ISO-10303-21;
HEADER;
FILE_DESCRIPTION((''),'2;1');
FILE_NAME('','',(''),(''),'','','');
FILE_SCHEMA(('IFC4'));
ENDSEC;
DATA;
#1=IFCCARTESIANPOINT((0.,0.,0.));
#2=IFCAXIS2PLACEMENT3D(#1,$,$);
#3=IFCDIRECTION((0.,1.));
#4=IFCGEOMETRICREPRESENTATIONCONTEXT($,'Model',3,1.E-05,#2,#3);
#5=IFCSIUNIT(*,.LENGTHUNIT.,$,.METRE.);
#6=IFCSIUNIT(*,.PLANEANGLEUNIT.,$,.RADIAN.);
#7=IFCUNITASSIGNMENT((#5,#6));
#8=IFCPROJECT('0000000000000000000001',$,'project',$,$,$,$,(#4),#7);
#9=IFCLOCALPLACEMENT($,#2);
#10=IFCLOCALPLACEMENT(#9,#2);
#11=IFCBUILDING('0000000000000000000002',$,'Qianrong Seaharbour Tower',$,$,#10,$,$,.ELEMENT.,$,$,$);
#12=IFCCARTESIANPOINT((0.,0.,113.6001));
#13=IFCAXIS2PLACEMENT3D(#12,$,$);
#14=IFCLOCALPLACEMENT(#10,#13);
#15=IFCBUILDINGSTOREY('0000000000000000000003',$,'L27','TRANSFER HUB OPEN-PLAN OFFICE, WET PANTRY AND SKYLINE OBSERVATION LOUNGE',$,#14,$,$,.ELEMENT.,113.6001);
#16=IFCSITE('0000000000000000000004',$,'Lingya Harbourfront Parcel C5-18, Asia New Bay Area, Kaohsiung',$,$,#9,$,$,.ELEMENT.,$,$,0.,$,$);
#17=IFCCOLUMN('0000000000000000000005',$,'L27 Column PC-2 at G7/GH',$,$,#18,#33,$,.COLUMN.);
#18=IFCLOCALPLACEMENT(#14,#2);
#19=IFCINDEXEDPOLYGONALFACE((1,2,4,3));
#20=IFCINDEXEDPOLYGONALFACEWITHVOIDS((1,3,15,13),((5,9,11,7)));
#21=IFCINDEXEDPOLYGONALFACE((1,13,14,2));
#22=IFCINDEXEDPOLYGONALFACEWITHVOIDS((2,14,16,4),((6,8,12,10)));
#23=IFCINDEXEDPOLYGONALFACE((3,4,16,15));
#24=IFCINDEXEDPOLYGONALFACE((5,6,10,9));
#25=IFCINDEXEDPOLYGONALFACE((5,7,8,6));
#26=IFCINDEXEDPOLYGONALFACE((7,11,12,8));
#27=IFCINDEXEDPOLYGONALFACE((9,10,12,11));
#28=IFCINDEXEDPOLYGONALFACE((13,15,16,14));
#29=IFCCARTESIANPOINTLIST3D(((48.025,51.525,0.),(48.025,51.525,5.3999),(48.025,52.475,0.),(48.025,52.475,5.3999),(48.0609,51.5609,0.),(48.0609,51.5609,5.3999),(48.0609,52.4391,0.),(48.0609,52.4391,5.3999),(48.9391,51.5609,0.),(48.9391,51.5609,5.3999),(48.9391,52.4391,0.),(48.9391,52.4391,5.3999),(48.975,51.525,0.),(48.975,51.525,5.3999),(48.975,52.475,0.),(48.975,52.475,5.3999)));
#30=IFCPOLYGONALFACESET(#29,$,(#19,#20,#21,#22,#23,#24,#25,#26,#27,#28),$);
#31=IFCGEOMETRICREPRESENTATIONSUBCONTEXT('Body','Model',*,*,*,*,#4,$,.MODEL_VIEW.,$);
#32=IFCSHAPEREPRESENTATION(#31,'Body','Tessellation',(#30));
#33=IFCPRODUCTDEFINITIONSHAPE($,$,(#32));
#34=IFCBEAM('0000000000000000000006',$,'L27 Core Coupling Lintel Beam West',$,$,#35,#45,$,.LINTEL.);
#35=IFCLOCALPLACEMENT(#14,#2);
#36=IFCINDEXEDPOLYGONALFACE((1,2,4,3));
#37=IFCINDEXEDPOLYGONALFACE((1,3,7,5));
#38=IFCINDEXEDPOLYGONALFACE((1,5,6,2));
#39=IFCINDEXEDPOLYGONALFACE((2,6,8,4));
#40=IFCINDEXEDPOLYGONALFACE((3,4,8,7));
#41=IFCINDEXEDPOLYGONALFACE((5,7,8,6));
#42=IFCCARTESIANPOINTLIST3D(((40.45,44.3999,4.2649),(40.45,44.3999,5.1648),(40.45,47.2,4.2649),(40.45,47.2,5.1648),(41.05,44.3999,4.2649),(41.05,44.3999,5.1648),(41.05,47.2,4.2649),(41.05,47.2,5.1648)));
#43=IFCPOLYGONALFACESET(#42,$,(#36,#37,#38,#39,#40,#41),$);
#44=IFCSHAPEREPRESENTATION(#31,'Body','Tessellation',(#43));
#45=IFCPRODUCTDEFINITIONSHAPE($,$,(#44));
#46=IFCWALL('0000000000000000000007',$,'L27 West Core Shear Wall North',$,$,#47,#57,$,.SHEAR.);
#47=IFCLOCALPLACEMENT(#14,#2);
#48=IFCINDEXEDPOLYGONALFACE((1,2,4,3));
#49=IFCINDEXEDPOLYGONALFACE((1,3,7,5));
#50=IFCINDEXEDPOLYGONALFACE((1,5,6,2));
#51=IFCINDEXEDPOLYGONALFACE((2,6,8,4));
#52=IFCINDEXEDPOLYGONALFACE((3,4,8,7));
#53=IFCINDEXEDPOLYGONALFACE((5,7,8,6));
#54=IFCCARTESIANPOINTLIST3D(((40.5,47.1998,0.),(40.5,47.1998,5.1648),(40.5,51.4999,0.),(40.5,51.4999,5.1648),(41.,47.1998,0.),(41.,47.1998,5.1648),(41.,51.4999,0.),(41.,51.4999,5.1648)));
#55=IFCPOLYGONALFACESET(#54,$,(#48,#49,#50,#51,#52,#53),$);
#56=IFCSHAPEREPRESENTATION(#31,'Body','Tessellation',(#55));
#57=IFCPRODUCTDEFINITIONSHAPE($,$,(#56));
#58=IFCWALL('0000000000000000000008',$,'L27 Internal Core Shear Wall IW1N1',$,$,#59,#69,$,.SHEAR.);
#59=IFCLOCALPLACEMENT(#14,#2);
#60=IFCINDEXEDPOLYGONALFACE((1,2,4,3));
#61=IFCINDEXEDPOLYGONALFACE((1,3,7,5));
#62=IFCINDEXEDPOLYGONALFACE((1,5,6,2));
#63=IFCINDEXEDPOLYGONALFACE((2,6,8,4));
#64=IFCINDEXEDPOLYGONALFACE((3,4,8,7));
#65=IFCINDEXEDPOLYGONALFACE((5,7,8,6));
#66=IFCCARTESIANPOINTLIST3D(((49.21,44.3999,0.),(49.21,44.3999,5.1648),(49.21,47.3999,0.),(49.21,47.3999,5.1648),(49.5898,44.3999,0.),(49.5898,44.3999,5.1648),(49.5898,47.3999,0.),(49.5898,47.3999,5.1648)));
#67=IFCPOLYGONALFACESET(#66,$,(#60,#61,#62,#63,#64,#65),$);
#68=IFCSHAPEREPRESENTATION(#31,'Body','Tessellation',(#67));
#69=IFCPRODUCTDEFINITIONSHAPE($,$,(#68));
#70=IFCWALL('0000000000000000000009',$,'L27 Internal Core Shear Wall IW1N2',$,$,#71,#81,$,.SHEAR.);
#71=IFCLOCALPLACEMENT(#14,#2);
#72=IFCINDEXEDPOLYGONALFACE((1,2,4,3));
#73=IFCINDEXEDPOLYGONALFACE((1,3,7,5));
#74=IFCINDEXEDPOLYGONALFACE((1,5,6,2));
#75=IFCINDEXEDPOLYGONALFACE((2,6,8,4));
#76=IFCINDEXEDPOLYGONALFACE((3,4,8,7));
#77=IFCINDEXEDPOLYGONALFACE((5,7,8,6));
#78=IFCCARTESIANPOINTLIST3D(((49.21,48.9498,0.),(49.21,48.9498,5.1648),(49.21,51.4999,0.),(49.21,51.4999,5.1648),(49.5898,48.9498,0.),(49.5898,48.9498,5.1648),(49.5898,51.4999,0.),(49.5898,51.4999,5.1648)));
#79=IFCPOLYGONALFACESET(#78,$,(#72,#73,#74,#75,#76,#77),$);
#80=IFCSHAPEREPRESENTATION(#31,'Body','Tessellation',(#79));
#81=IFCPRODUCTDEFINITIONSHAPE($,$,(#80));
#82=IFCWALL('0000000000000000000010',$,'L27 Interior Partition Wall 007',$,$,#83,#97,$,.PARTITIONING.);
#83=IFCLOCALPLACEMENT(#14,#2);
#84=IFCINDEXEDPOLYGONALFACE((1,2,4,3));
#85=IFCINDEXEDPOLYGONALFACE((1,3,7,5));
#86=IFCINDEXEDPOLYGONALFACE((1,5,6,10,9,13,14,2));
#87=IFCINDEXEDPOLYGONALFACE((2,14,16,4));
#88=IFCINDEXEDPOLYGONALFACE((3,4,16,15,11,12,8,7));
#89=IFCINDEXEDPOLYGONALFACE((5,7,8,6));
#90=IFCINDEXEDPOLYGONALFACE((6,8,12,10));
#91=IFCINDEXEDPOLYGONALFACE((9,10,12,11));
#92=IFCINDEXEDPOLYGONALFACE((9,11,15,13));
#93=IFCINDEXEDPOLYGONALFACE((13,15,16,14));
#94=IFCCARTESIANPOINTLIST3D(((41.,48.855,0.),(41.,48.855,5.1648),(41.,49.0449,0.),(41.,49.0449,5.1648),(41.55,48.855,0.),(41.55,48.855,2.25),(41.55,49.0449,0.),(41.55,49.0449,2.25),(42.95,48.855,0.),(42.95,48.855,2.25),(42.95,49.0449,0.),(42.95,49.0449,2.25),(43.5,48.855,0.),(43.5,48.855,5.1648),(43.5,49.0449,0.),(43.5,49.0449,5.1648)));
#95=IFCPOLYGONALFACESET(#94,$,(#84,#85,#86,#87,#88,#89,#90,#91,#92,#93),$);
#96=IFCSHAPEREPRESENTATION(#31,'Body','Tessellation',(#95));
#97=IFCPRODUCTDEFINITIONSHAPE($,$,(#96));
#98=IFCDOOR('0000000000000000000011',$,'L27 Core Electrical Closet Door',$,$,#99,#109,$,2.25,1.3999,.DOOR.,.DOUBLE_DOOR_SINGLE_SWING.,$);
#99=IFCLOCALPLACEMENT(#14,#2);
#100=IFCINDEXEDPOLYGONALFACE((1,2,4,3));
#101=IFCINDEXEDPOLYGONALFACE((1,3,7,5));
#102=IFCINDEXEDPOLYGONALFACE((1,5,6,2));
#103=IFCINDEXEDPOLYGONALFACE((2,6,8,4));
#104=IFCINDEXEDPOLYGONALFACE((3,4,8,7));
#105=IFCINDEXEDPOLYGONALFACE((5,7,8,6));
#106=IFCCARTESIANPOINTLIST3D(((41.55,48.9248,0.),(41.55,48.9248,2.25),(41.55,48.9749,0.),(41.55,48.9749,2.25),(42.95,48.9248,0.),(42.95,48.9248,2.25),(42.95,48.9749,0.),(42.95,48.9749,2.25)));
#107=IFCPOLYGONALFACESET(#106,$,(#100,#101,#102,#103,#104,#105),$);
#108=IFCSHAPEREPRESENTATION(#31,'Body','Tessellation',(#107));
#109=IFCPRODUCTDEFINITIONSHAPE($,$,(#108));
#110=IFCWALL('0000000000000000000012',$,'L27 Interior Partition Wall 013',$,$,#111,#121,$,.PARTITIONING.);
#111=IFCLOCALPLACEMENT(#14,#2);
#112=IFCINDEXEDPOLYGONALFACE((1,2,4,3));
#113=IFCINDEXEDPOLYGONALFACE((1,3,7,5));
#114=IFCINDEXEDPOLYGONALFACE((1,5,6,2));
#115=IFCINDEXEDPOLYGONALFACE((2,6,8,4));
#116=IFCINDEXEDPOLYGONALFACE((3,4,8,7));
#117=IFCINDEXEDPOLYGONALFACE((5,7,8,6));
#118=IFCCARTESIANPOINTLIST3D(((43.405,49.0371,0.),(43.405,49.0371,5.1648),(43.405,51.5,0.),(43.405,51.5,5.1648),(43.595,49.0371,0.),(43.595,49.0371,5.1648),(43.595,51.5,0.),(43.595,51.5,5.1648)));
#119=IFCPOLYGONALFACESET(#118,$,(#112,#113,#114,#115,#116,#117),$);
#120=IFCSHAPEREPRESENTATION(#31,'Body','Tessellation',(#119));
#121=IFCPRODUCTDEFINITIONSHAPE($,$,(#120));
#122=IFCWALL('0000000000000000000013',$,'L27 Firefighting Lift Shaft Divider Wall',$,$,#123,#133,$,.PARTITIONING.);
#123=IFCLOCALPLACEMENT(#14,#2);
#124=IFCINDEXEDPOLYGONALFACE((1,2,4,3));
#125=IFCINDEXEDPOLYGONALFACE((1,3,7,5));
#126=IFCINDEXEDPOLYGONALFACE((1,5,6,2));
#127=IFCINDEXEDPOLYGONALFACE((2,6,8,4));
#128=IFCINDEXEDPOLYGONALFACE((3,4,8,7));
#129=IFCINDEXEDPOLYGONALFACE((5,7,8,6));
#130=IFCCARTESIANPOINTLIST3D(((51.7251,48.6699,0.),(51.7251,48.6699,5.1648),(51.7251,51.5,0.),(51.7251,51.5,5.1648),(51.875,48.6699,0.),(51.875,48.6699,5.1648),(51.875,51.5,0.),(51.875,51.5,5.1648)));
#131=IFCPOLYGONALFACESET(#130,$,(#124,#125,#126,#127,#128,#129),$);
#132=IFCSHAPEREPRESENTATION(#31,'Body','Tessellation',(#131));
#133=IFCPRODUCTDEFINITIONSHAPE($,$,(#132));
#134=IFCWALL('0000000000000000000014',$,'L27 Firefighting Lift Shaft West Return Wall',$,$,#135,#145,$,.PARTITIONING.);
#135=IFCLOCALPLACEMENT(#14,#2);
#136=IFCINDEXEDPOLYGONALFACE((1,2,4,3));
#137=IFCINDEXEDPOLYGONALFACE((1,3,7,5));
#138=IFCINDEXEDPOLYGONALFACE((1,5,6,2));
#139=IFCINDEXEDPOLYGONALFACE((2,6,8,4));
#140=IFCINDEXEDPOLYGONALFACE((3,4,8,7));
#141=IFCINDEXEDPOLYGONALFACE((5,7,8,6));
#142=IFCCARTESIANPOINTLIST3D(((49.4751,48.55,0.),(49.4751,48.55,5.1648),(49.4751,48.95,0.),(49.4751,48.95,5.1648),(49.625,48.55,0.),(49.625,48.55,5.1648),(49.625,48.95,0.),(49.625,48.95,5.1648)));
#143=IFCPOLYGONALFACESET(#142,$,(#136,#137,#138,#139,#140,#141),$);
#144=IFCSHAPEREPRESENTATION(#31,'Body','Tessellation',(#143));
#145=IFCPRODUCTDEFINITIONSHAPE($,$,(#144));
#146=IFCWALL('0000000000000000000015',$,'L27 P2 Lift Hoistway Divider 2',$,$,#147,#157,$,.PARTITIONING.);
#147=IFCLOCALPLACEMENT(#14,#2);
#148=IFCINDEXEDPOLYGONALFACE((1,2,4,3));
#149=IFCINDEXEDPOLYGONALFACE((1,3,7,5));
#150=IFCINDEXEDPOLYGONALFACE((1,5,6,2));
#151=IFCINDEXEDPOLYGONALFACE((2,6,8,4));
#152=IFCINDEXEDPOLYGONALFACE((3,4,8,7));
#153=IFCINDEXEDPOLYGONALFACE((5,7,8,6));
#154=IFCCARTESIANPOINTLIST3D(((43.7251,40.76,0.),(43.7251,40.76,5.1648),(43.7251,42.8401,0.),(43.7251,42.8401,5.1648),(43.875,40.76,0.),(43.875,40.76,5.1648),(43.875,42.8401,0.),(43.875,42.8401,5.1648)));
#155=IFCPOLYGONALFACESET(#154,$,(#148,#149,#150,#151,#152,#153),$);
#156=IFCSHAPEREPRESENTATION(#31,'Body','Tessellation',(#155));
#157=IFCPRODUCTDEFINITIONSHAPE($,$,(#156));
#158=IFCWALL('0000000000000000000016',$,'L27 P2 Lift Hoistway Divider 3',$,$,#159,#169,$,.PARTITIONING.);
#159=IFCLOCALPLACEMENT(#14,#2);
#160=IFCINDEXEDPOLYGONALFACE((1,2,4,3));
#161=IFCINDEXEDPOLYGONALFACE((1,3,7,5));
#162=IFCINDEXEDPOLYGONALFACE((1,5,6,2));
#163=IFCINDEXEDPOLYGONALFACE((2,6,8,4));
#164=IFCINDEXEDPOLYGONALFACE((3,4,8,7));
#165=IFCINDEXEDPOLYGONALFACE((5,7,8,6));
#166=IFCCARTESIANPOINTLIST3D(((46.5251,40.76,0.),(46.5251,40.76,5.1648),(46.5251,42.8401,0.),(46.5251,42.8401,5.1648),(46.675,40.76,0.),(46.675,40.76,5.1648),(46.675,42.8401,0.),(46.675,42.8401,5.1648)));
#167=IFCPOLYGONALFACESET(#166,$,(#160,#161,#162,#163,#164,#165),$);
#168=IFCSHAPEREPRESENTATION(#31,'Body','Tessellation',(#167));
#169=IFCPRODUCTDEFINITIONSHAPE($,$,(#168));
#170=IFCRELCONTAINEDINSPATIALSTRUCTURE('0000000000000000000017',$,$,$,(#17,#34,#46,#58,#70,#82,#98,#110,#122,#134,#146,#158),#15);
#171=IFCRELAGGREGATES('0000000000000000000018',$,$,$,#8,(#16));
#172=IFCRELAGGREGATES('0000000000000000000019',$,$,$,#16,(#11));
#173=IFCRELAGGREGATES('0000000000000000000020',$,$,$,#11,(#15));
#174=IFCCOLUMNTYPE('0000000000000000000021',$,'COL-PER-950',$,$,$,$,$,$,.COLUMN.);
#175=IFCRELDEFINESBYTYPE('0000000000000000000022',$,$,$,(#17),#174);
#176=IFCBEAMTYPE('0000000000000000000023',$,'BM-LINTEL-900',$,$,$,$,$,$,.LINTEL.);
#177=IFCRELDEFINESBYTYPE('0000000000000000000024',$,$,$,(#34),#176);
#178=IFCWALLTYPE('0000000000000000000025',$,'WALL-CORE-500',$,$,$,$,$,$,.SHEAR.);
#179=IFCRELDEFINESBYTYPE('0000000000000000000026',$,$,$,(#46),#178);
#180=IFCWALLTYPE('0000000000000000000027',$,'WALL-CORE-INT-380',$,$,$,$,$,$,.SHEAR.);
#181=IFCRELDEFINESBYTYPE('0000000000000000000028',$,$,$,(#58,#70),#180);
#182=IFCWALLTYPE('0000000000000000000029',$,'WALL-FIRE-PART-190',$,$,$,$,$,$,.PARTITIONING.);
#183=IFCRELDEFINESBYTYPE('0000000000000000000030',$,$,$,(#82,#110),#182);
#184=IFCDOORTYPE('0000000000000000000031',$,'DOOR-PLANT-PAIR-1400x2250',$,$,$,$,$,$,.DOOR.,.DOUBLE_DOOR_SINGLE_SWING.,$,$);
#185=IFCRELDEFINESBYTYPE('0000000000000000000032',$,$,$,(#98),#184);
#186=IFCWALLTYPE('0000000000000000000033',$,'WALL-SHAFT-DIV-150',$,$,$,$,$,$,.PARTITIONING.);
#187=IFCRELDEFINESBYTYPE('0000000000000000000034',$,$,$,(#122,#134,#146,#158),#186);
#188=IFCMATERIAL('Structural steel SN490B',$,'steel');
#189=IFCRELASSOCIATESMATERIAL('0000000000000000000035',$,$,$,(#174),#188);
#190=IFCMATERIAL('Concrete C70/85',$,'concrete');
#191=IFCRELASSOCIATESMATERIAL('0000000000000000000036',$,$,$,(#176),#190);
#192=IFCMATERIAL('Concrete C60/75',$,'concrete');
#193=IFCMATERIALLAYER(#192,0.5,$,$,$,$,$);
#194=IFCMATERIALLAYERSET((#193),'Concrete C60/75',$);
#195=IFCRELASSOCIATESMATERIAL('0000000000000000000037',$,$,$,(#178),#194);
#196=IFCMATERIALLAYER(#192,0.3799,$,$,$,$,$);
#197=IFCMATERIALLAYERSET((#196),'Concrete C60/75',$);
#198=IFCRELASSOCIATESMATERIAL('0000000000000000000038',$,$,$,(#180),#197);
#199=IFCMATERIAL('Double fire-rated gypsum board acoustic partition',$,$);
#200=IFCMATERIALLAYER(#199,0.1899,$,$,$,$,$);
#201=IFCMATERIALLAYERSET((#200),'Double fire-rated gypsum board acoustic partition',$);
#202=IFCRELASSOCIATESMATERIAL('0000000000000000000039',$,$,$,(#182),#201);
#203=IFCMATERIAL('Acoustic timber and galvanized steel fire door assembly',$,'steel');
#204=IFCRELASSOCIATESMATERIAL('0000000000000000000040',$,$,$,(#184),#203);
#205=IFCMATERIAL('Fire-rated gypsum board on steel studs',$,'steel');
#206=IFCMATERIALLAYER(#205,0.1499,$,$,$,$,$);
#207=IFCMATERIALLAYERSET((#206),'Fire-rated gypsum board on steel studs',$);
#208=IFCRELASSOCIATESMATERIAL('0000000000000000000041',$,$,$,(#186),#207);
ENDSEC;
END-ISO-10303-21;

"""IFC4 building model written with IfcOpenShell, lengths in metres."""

from ifc_helpers import new_model, si_unit, direction, frame, frame_2d, origin, origin_2d, place, context, subcontext, project, spatial, rectangle, hollow_rectangle, extrude, material, layer, layer_set, material_profile, profile_set, type_object, element, fill, save


model = new_model("IFC4")

# Units and contexts
model_context = context("Model", 3, precision=1e-05, world=origin(), true_north=direction((0.0, 1.0)))
body_context = subcontext(model_context, "Body", "Model", "MODEL_VIEW")
ifc_project = project(units=[si_unit("LENGTHUNIT", "METRE"), si_unit("PLANEANGLEUNIT", "RADIAN")], contexts=[model_context])

# Site, building, storey
site_placement = place(None, origin())
site = spatial("IfcSite", under=ifc_project, at=site_placement, Name="Lingya Harbourfront Parcel C5-18, Asia New Bay Area, Kaohsiung", CompositionType="ELEMENT", RefElevation=0.0)
building_placement = place(site_placement, origin())
building = spatial("IfcBuilding", under=site, at=building_placement, Name="Qianrong Seaharbour Tower", CompositionType="ELEMENT")
storey_placement = place(building_placement, frame((0.0, 0.0, 113.6001)))
storey = spatial("IfcBuildingStorey", under=building, at=storey_placement, Name="L27", Description="TRANSFER HUB OPEN-PLAN OFFICE, WET PANTRY AND SKYLINE OBSERVATION LOUNGE", CompositionType="ELEMENT", Elevation=113.6001)

# Column
ifc_material_1 = material(Name="Structural steel SN490B", Category="steel")
ifc_material_profile_1 = material_profile(ifc_material_1, hollow_rectangle(XDim=0.95, YDim=0.95, WallThickness=0.0359, at=origin_2d()), Name="BOX950x950x36")
ifc_profile_set_1 = profile_set([ifc_material_profile_1], Name="Structural steel SN490B")
column_type = type_object("IfcColumnType", Name="COL-PER-950", PredefinedType="COLUMN", material=ifc_profile_set_1)
column_placement = place(storey_placement, frame((48.5, 52.0, 0.0), z_axis=(0.0, 0.0, 1.0), x_axis=(1.0, 0.0, 0.0)))
element("IfcColumn", 1, at=column_placement, inside=storey, type_object=column_type, Name="L27 Column PC-2 at G7/GH", PredefinedType="COLUMN", context=body_context, shape_type="SweptSolid", body=[
    extrude(hollow_rectangle(XDim=0.95, YDim=0.95, WallThickness=0.0359, at=origin_2d()), origin(), (0.0, 0.0, 1.0), 5.3999),
])

# Beam
ifc_material_2 = material(Name="Concrete C70/85", Category="concrete")
ifc_material_profile_2 = material_profile(ifc_material_2, rectangle(XDim=0.6001, YDim=0.8999, at=origin_2d()), Name="RC600x900")
ifc_profile_set_2 = profile_set([ifc_material_profile_2], Name="Concrete C70/85")
beam_type = type_object("IfcBeamType", Name="BM-LINTEL-900", PredefinedType="LINTEL", material=ifc_profile_set_2)
beam_placement = place(storey_placement, frame((40.75, 44.3999, 4.7148), z_axis=(0.0, 1.0, 0.0), x_axis=(-1.0, 0.0, 0.0)))
element("IfcBeam", 2, at=beam_placement, inside=storey, type_object=beam_type, Name="L27 Core Coupling Lintel Beam West", PredefinedType="LINTEL", context=body_context, shape_type="SweptSolid", body=[
    extrude(rectangle(XDim=0.6001, YDim=0.8999, at=origin_2d()), origin(), (0.0, 0.0, 1.0), 2.8),
])

# Walls
ifc_material_3 = material(Name="Concrete C60/75", Category="concrete")
ifc_layer_1 = layer(ifc_material_3, 0.5)
ifc_layer_set_1 = layer_set([ifc_layer_1], Name="Concrete C60/75")
wall_type_1 = type_object("IfcWallType", Name="WALL-CORE-500", PredefinedType="SHEAR", material=ifc_layer_set_1)
wall_1_placement = place(storey_placement, frame((40.75, 47.2, 0.0), z_axis=(0.0, 0.0, 1.0), x_axis=(0.0, 1.0, 0.0)))
element("IfcWall", 3, at=wall_1_placement, inside=storey, type_object=wall_type_1, Name="L27 West Core Shear Wall North", PredefinedType="SHEAR", context=body_context, shape_type="SweptSolid", body=[
    extrude(rectangle(XDim=4.3, YDim=0.5, at=frame_2d((2.1499, 0.0))), origin(), (0.0, 0.0, 1.0), 5.1648),
])
ifc_layer_2 = layer(ifc_material_3, 0.3799)
ifc_layer_set_2 = layer_set([ifc_layer_2], Name="Concrete C60/75")
wall_type_2 = type_object("IfcWallType", Name="WALL-CORE-INT-380", PredefinedType="SHEAR", material=ifc_layer_set_2)
wall_2_placement = place(storey_placement, frame((49.3999, 44.3999, 0.0), z_axis=(0.0, 0.0, 1.0), x_axis=(0.0, 1.0, 0.0)))
element("IfcWall", 4, at=wall_2_placement, inside=storey, type_object=wall_type_2, Name="L27 Internal Core Shear Wall IW1N1", PredefinedType="SHEAR", context=body_context, shape_type="SweptSolid", body=[
    extrude(rectangle(XDim=3.0, YDim=0.3799, at=frame_2d((1.5, 0.0))), origin(), (0.0, 0.0, 1.0), 5.1648),
])
wall_3_placement = place(storey_placement, frame((49.3999, 48.95, 0.0), z_axis=(0.0, 0.0, 1.0), x_axis=(0.0, 1.0, 0.0)))
element("IfcWall", 5, at=wall_3_placement, inside=storey, type_object=wall_type_2, Name="L27 Internal Core Shear Wall IW1N2", PredefinedType="SHEAR", context=body_context, shape_type="SweptSolid", body=[
    extrude(rectangle(XDim=2.55, YDim=0.3799, at=frame_2d((1.2749, 0.0))), origin(), (0.0, 0.0, 1.0), 5.1648),
])

# Wall, opening, door
ifc_material_4 = material(Name="Double fire-rated gypsum board acoustic partition")
ifc_layer_3 = layer(ifc_material_4, 0.1899)
ifc_layer_set_3 = layer_set([ifc_layer_3], Name="Double fire-rated gypsum board acoustic partition")
wall_type_3 = type_object("IfcWallType", Name="WALL-FIRE-PART-190", PredefinedType="PARTITIONING", material=ifc_layer_set_3)
wall_4_placement = place(storey_placement, frame((41.0, 48.95, 0.0), z_axis=(0.0, 0.0, 1.0), x_axis=(1.0, 0.0, 0.0)))
wall_4 = element("IfcWall", 6, at=wall_4_placement, inside=storey, type_object=wall_type_3, Name="L27 Interior Partition Wall 007", PredefinedType="PARTITIONING", context=body_context, shape_type="SweptSolid", body=[
    extrude(rectangle(XDim=2.5, YDim=0.1899, at=frame_2d((1.25, 0.0))), origin(), (0.0, 0.0, 1.0), 5.1648),
])
opening_1_placement = place(wall_4_placement, frame((0.55, 0.0, 0.0)))
opening_1 = element("IfcOpeningElement", 7, at=opening_1_placement, cuts=wall_4, PredefinedType="OPENING", context=body_context, shape_type="SweptSolid", body=[
    extrude(rectangle(XDim=1.3999, YDim=2.25, at=frame_2d((0.7, 1.125))), frame((0.0, 0.105, 0.0), z_axis=(0.0, -1.0, 0.0), x_axis=(1.0, 0.0, 0.0)), (0.0, 0.0, 1.0), 0.21),
])
ifc_material_5 = material(Name="Acoustic timber and galvanized steel fire door assembly", Category="steel")
door_type_1 = type_object("IfcDoorType", Name="DOOR-PLANT-PAIR-1400x2250", OperationType="DOUBLE_DOOR_SINGLE_SWING", PredefinedType="DOOR", material=ifc_material_5)
door_1_placement = place(opening_1_placement, origin())
door_1 = element("IfcDoor", 8, at=door_1_placement, inside=storey, type_object=door_type_1, Name="L27 Core Electrical Closet Door", OperationType="DOUBLE_DOOR_SINGLE_SWING", OverallHeight=2.25, OverallWidth=1.3999, PredefinedType="DOOR", context=body_context, shape_type="SweptSolid", body=[
    extrude(rectangle(XDim=1.3999, YDim=2.25, at=frame_2d((0.7, 1.125))), frame((0.0, 0.0249, 0.0), z_axis=(0.0, -1.0, 0.0), x_axis=(1.0, 0.0, 0.0)), (0.0, 0.0, 1.0), 0.05),
])
fill(opening_1, door_1)

# Walls
wall_5_placement = place(storey_placement, frame((43.5, 51.5, 0.0), z_axis=(0.0, 0.0, 1.0), x_axis=(0.0, -1.0, 0.0)))
element("IfcWall", 9, at=wall_5_placement, inside=storey, type_object=wall_type_3, Name="L27 Interior Partition Wall 013", PredefinedType="PARTITIONING", context=body_context, shape_type="SweptSolid", body=[
    extrude(rectangle(XDim=2.4629, YDim=0.1899, at=frame_2d((1.2314, 0.0))), origin(), (0.0, 0.0, 1.0), 5.1648),
])
ifc_material_6 = material(Name="Fire-rated gypsum board on steel studs", Category="steel")
ifc_layer_4 = layer(ifc_material_6, 0.1499)
ifc_layer_set_4 = layer_set([ifc_layer_4], Name="Fire-rated gypsum board on steel studs")
wall_type_4 = type_object("IfcWallType", Name="WALL-SHAFT-DIV-150", PredefinedType="PARTITIONING", material=ifc_layer_set_4)
wall_6_placement = place(storey_placement, frame((51.8, 48.6699, 0.0), z_axis=(0.0, 0.0, 1.0), x_axis=(0.0, 1.0, 0.0)))
element("IfcWall", 10, at=wall_6_placement, inside=storey, type_object=wall_type_4, Name="L27 Firefighting Lift Shaft Divider Wall", PredefinedType="PARTITIONING", context=body_context, shape_type="SweptSolid", body=[
    extrude(rectangle(XDim=2.8301, YDim=0.1499, at=frame_2d((1.415, 0.0))), origin(), (0.0, 0.0, 1.0), 5.1648),
])
wall_7_placement = place(storey_placement, frame((49.55, 48.55, 0.0), z_axis=(0.0, 0.0, 1.0), x_axis=(0.0, 1.0, 0.0)))
element("IfcWall", 11, at=wall_7_placement, inside=storey, type_object=wall_type_4, Name="L27 Firefighting Lift Shaft West Return Wall", PredefinedType="PARTITIONING", context=body_context, shape_type="SweptSolid", body=[
    extrude(rectangle(XDim=0.3999, YDim=0.1499, at=frame_2d((0.2, 0.0))), origin(), (0.0, 0.0, 1.0), 5.1648),
])
for number, where, z_axis, x_axis, name in (
    (12, (43.8, 40.76, 0.0), (0.0, 0.0, 1.0), (0.0, 1.0, 0.0), "L27 P2 Lift Hoistway Divider 2"),
    (13, (46.6001, 40.76, 0.0), (0.0, 0.0, 1.0), (0.0, 1.0, 0.0), "L27 P2 Lift Hoistway Divider 3"),
):
    element("IfcWall", number, at=place(storey_placement, frame(where, z_axis=z_axis, x_axis=x_axis)), inside=storey, type_object=wall_type_4, Name=name, PredefinedType="PARTITIONING", context=body_context, shape_type="SweptSolid", body=[
        extrude(rectangle(XDim=2.0801, YDim=0.1499, at=frame_2d((1.04, 0.0))), origin(), (0.0, 0.0, 1.0), 5.1648),
    ])

save(model, "model.ifc")
